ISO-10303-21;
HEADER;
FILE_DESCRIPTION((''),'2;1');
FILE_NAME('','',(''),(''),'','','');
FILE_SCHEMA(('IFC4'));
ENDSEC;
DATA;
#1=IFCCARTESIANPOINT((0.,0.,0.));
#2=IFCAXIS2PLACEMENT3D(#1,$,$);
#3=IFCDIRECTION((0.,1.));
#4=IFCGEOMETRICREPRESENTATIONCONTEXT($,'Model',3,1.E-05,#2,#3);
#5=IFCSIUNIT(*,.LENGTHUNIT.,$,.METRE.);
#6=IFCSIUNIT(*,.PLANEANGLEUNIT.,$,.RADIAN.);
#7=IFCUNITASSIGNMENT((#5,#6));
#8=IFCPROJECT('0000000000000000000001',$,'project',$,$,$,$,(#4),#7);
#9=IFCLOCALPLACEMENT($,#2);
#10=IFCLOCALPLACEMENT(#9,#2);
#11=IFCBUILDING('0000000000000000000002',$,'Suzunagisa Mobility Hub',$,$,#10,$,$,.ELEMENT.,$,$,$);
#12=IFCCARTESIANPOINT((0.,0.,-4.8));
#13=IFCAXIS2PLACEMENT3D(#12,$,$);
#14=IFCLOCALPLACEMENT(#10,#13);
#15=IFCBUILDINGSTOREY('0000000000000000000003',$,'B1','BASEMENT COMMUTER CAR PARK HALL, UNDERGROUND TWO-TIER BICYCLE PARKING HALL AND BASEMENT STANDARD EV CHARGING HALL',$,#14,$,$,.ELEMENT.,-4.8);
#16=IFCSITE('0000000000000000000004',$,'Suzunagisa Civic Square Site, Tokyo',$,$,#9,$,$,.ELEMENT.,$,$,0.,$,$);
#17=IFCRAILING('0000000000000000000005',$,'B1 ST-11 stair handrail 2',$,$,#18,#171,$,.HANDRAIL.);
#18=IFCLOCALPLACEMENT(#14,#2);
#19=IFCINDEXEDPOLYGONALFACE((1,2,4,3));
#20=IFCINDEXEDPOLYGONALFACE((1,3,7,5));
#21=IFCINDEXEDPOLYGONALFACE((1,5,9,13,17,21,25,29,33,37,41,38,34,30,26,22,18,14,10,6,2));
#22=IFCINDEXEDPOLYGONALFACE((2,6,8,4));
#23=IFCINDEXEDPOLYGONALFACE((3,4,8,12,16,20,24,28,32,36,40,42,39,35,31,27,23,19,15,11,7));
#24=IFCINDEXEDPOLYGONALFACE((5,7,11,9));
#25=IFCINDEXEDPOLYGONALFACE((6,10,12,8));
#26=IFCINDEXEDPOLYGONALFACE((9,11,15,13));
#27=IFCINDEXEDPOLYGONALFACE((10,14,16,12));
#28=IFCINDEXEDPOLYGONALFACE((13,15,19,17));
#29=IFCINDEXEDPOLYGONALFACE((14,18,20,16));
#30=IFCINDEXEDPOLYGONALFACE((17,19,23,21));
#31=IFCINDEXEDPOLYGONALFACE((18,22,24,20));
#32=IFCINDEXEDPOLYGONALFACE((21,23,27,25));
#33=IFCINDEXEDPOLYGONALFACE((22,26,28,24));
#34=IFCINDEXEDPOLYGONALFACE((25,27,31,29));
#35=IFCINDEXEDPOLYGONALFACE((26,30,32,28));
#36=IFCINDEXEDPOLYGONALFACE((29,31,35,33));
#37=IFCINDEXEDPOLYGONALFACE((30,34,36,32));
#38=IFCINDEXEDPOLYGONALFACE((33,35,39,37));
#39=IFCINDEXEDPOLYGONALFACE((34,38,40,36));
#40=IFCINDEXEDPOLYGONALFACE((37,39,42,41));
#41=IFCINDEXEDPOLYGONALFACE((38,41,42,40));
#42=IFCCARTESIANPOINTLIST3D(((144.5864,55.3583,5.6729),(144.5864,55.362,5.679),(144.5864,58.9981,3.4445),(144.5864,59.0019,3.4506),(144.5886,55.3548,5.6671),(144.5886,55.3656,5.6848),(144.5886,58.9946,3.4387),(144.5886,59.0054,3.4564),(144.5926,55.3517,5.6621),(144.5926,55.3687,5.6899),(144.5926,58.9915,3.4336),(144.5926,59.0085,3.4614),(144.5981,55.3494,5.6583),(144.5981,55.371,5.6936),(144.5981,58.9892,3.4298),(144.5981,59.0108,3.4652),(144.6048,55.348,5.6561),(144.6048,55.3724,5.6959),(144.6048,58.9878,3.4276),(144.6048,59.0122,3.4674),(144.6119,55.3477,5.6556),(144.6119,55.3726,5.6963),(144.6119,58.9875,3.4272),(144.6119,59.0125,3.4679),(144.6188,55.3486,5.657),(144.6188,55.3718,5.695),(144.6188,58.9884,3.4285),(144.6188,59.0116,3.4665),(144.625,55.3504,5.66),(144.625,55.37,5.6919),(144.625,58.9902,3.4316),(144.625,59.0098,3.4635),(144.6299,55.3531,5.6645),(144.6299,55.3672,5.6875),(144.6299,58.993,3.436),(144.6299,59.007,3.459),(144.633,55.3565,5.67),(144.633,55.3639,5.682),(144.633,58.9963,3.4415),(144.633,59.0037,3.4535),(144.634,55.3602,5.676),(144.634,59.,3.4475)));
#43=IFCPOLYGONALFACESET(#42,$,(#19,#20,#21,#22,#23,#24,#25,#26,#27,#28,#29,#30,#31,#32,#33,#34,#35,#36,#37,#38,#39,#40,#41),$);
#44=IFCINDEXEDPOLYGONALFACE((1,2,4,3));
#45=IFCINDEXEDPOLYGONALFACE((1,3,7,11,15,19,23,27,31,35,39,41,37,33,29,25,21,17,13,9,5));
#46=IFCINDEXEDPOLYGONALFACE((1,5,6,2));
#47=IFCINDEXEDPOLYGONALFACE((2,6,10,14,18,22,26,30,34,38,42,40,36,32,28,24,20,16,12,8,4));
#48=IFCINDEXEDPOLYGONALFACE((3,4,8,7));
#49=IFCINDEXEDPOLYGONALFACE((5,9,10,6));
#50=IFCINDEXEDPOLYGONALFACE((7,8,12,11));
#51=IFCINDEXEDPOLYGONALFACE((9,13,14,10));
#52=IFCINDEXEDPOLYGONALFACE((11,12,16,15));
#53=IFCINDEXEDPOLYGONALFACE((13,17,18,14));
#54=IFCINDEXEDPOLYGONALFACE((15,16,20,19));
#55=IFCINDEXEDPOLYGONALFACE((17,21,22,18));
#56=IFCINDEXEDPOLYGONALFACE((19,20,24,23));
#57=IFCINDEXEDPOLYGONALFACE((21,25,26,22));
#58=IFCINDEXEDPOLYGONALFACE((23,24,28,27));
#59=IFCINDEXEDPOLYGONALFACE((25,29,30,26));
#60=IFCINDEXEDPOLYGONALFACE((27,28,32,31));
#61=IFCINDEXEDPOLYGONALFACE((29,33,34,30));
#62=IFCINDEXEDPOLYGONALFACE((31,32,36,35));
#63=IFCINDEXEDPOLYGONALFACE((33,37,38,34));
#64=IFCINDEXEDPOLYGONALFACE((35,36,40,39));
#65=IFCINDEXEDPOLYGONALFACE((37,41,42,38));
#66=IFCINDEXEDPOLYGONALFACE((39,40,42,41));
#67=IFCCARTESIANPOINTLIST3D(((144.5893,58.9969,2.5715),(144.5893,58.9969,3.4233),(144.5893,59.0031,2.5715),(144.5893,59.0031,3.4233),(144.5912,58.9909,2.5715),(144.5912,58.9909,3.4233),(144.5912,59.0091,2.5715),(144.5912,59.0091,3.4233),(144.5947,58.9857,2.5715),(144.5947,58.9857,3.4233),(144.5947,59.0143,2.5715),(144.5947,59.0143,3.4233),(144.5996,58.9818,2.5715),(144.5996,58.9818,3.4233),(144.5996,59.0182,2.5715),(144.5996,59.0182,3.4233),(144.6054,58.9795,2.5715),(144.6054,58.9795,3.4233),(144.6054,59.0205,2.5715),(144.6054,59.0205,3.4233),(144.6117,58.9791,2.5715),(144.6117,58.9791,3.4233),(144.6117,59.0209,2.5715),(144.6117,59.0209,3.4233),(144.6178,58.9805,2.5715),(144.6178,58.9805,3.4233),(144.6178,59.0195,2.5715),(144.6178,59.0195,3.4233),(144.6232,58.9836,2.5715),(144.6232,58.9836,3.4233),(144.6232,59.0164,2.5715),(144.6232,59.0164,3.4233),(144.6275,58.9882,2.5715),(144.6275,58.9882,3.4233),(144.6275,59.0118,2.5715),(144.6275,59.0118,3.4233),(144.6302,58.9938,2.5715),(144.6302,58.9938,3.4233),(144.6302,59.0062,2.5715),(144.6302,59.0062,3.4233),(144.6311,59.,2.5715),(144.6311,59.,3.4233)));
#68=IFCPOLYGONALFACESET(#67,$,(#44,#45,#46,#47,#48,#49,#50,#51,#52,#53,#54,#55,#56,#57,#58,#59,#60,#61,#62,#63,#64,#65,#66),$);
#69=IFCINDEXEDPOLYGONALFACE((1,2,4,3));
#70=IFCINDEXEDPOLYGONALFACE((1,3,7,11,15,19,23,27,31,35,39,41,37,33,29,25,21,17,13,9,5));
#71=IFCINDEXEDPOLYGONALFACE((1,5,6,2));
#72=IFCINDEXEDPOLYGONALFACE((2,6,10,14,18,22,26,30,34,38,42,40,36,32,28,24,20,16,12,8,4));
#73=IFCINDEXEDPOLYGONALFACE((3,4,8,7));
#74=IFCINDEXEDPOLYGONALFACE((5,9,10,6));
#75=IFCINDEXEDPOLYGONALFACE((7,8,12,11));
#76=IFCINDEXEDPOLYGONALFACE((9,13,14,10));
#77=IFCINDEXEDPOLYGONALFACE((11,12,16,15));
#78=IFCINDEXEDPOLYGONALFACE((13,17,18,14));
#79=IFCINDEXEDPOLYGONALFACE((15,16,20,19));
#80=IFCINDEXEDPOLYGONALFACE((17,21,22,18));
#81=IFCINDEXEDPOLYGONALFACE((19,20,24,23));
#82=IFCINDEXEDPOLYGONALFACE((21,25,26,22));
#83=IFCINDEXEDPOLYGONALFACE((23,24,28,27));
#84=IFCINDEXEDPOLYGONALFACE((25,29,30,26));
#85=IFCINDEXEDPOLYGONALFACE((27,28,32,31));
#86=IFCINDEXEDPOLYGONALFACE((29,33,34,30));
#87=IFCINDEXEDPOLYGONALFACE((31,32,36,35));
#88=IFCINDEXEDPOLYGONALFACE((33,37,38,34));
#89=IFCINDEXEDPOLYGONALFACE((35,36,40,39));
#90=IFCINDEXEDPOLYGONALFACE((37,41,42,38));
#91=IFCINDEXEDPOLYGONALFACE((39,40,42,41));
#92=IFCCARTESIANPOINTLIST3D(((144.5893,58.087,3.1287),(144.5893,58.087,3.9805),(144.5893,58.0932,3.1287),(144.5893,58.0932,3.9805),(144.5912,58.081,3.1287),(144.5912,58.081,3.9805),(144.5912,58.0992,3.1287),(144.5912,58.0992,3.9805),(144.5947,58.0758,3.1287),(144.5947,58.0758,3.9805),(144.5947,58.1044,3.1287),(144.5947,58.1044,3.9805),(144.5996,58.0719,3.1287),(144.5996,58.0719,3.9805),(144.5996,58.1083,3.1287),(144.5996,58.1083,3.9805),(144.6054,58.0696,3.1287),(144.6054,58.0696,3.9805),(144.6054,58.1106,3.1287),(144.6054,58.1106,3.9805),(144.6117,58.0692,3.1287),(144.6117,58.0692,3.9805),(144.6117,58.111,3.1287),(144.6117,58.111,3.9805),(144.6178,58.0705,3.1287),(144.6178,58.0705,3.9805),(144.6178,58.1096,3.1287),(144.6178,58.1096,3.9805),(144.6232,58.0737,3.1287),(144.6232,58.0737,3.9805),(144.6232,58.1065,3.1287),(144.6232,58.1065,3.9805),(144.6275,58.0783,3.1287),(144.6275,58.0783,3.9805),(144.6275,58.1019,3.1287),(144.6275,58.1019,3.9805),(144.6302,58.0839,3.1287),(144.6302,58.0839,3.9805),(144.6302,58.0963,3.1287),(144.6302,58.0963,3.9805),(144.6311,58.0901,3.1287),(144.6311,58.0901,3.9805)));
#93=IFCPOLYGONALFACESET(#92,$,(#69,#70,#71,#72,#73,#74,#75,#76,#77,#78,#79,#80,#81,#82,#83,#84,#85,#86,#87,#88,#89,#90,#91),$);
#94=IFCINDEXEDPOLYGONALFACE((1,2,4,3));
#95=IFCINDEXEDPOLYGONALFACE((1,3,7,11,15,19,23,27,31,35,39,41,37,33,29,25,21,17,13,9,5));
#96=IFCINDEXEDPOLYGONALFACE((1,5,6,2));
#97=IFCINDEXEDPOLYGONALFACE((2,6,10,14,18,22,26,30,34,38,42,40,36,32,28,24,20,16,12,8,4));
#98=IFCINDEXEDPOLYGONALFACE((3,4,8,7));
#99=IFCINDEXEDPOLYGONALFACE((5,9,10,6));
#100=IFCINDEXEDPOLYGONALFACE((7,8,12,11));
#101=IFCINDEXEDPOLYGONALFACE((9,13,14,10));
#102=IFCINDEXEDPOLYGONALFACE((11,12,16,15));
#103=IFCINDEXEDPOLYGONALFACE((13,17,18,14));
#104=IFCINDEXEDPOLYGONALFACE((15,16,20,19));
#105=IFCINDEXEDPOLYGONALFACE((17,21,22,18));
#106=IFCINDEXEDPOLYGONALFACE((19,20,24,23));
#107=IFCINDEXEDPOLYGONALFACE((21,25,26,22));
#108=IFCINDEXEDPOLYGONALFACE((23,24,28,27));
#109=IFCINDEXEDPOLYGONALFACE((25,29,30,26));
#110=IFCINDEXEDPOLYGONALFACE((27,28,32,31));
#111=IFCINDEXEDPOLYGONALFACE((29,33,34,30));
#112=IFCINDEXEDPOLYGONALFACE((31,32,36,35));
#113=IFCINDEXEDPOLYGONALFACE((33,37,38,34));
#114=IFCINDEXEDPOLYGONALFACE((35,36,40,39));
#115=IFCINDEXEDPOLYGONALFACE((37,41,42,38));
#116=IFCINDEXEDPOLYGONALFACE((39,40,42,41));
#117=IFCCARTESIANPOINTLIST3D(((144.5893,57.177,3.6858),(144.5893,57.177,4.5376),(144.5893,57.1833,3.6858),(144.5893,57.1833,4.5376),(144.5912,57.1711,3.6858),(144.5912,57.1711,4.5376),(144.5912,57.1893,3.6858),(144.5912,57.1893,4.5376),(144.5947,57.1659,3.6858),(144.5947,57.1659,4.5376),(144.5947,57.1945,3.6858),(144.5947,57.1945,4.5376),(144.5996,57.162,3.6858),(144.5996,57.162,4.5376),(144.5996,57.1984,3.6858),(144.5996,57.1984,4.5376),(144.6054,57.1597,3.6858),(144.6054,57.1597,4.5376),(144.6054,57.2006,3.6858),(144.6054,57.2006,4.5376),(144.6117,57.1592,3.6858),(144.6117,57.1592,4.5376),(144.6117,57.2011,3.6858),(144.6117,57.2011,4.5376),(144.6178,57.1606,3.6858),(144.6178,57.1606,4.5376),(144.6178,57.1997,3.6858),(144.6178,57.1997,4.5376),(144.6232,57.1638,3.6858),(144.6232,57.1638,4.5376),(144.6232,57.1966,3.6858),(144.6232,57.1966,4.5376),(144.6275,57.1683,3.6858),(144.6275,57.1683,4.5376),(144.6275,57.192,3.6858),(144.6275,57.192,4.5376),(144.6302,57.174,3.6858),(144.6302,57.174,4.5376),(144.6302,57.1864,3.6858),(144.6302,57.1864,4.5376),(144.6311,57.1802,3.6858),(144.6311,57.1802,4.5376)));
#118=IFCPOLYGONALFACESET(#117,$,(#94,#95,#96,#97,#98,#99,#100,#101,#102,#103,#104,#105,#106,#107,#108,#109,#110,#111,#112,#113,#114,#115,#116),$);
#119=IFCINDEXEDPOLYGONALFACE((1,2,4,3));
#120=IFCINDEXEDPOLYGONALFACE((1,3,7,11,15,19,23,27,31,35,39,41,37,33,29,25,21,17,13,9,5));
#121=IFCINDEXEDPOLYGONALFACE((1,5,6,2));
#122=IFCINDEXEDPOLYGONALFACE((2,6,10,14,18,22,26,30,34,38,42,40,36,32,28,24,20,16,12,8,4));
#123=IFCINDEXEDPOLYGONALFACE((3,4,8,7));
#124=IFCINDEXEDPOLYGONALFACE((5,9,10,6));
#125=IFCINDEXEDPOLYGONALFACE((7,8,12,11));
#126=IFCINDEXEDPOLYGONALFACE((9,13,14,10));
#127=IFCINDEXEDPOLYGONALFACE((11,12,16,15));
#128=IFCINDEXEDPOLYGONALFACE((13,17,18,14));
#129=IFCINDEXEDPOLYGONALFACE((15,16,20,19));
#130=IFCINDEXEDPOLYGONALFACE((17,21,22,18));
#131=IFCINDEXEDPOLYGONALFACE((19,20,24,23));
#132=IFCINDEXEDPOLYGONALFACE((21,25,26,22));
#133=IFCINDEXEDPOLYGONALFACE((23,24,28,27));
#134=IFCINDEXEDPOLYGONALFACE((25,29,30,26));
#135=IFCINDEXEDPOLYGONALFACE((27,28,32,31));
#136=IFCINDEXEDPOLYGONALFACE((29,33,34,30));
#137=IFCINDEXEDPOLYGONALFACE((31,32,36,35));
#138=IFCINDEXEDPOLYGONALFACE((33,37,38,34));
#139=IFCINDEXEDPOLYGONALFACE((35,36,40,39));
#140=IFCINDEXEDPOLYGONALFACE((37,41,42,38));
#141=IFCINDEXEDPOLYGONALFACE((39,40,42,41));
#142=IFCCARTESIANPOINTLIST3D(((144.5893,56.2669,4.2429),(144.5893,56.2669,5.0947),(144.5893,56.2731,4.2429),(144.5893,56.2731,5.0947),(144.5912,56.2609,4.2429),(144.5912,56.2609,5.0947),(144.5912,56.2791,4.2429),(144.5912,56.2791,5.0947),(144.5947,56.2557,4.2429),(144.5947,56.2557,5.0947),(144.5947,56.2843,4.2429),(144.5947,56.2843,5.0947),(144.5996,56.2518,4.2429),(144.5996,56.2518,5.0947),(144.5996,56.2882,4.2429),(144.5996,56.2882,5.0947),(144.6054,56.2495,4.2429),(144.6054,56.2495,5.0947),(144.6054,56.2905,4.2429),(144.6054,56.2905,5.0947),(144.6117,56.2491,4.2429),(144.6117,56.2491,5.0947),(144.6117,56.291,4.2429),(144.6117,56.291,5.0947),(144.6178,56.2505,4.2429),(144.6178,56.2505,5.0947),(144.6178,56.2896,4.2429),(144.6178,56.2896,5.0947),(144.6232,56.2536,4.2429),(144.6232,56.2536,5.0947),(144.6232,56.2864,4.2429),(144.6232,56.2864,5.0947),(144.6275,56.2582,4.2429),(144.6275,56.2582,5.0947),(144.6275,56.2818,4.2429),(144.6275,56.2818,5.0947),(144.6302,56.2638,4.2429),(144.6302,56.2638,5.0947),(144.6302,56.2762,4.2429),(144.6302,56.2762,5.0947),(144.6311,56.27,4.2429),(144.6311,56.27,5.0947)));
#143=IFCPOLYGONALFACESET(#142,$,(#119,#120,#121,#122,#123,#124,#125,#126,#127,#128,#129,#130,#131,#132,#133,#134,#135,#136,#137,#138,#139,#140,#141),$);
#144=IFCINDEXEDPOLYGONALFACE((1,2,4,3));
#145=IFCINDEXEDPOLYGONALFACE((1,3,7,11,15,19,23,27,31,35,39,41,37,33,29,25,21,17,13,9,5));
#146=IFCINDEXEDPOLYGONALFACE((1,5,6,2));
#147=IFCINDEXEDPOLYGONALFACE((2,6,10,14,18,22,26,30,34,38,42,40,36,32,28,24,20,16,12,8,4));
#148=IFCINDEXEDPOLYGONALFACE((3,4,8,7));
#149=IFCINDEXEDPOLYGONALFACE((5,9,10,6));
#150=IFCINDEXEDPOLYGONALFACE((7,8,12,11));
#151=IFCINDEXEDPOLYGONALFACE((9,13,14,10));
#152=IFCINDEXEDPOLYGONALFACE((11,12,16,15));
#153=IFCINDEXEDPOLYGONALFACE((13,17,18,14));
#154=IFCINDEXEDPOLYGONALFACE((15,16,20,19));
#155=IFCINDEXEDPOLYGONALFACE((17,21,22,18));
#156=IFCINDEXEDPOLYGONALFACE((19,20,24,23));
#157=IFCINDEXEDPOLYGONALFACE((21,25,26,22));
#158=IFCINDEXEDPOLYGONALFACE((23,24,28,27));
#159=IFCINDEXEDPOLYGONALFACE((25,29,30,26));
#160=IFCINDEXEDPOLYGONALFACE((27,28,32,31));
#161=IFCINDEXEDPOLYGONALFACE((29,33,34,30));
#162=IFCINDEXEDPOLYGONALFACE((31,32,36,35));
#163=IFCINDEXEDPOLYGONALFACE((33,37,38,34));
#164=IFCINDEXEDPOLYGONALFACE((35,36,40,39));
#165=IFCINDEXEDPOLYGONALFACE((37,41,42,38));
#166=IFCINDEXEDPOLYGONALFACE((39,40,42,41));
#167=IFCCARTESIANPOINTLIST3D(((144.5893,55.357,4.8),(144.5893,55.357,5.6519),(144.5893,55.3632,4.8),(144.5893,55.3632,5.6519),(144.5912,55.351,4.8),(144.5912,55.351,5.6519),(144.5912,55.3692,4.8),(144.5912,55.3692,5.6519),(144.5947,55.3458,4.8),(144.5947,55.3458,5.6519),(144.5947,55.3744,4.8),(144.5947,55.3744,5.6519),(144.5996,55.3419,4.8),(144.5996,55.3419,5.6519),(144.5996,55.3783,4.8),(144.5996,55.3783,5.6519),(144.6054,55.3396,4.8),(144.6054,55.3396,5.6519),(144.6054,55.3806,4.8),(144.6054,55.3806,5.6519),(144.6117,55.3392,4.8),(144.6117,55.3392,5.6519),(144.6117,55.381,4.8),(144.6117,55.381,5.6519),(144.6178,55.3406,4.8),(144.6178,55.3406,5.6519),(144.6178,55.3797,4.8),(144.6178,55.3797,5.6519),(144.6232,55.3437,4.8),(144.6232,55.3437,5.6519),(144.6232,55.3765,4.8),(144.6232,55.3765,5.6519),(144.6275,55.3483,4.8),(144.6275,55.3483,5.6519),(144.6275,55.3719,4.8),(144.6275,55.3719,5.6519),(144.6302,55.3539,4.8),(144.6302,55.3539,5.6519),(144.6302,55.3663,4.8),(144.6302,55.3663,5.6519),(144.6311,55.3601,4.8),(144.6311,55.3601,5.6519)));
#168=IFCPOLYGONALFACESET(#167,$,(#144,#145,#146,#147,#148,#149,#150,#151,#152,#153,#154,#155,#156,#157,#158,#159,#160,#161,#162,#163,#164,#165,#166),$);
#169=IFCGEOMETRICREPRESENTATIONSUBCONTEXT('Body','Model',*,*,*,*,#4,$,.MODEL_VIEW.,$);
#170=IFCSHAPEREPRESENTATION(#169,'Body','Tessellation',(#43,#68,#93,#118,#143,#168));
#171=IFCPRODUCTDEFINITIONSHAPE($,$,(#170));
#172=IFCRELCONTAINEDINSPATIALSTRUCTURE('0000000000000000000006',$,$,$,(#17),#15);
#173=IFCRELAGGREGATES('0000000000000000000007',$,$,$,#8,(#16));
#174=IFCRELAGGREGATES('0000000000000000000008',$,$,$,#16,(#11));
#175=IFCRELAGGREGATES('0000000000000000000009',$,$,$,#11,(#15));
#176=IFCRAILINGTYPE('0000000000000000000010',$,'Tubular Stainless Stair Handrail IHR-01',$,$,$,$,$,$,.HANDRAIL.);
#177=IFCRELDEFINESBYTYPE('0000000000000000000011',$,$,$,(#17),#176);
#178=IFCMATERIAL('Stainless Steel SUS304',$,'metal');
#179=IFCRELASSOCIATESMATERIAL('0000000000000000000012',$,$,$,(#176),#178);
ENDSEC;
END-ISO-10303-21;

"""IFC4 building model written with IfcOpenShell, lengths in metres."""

from ifc_helpers import new_model, si_unit, direction, frame, origin, origin_2d, place, context, subcontext, project, spatial, circle, extrude, material, type_object, element, save


model = new_model("IFC4")

# Units and contexts
model_context = context("Model", 3, precision=1e-05, world=origin(), true_north=direction((0.0, 1.0)))
body_context = subcontext(model_context, "Body", "Model", "MODEL_VIEW")
ifc_project = project(units=[si_unit("LENGTHUNIT", "METRE"), si_unit("PLANEANGLEUNIT", "RADIAN")], contexts=[model_context])

# Site, building, storey
site_placement = place(None, origin())
site = spatial("IfcSite", under=ifc_project, at=site_placement, Name="Suzunagisa Civic Square Site, Tokyo", CompositionType="ELEMENT", RefElevation=0.0)
building_placement = place(site_placement, origin())
building = spatial("IfcBuilding", under=site, at=building_placement, Name="Suzunagisa Mobility Hub", CompositionType="ELEMENT")
storey_placement = place(building_placement, frame((0.0, 0.0, -4.8)))
storey = spatial("IfcBuildingStorey", under=building, at=storey_placement, Name="B1", Description="BASEMENT COMMUTER CAR PARK HALL, UNDERGROUND TWO-TIER BICYCLE PARKING HALL AND BASEMENT STANDARD EV CHARGING HALL", CompositionType="ELEMENT", Elevation=-4.8)

# Railing
ifc_material_1 = material(Name="Stainless Steel SUS304", Category="metal")
railing_type_1 = type_object("IfcRailingType", Name="Tubular Stainless Stair Handrail IHR-01", PredefinedType="HANDRAIL", material=ifc_material_1)
railing_1_placement = place(storey_placement, frame((144.6101, 59.0, 2.5715)))
element("IfcRailing", 1, at=railing_1_placement, inside=storey, type_object=railing_type_1, Name="B1 ST-11 stair handrail 2", PredefinedType="HANDRAIL", context=body_context, shape_type="SweptSolid", body=[
    extrude(circle(Radius=0.0239, at=origin_2d()), frame((0.0, 0.0, 0.876), z_axis=(0.0, -0.85285, 0.522156), x_axis=(1.0, 0.0, 0.0)), (0.0, 0.0, 1.0), 4.2678),
    extrude(circle(Radius=0.021, at=origin_2d()), origin(), (0.0, 0.0, 1.0), 0.8518),
    extrude(circle(Radius=0.021, at=origin_2d()), frame((0.0, -0.9099, 0.5571)), (0.0, 0.0, 1.0), 0.8518),
    extrude(circle(Radius=0.021, at=origin_2d()), frame((0.0, -1.8198, 1.1143)), (0.0, 0.0, 1.0), 0.8518),
    extrude(circle(Radius=0.021, at=origin_2d()), frame((0.0, -2.73, 1.6714)), (0.0, 0.0, 1.0), 0.8518),
    extrude(circle(Radius=0.021, at=origin_2d()), frame((0.0, -3.6399, 2.2285)), (0.0, 0.0, 1.0), 0.8518),
])

save(model, "model.ifc")
